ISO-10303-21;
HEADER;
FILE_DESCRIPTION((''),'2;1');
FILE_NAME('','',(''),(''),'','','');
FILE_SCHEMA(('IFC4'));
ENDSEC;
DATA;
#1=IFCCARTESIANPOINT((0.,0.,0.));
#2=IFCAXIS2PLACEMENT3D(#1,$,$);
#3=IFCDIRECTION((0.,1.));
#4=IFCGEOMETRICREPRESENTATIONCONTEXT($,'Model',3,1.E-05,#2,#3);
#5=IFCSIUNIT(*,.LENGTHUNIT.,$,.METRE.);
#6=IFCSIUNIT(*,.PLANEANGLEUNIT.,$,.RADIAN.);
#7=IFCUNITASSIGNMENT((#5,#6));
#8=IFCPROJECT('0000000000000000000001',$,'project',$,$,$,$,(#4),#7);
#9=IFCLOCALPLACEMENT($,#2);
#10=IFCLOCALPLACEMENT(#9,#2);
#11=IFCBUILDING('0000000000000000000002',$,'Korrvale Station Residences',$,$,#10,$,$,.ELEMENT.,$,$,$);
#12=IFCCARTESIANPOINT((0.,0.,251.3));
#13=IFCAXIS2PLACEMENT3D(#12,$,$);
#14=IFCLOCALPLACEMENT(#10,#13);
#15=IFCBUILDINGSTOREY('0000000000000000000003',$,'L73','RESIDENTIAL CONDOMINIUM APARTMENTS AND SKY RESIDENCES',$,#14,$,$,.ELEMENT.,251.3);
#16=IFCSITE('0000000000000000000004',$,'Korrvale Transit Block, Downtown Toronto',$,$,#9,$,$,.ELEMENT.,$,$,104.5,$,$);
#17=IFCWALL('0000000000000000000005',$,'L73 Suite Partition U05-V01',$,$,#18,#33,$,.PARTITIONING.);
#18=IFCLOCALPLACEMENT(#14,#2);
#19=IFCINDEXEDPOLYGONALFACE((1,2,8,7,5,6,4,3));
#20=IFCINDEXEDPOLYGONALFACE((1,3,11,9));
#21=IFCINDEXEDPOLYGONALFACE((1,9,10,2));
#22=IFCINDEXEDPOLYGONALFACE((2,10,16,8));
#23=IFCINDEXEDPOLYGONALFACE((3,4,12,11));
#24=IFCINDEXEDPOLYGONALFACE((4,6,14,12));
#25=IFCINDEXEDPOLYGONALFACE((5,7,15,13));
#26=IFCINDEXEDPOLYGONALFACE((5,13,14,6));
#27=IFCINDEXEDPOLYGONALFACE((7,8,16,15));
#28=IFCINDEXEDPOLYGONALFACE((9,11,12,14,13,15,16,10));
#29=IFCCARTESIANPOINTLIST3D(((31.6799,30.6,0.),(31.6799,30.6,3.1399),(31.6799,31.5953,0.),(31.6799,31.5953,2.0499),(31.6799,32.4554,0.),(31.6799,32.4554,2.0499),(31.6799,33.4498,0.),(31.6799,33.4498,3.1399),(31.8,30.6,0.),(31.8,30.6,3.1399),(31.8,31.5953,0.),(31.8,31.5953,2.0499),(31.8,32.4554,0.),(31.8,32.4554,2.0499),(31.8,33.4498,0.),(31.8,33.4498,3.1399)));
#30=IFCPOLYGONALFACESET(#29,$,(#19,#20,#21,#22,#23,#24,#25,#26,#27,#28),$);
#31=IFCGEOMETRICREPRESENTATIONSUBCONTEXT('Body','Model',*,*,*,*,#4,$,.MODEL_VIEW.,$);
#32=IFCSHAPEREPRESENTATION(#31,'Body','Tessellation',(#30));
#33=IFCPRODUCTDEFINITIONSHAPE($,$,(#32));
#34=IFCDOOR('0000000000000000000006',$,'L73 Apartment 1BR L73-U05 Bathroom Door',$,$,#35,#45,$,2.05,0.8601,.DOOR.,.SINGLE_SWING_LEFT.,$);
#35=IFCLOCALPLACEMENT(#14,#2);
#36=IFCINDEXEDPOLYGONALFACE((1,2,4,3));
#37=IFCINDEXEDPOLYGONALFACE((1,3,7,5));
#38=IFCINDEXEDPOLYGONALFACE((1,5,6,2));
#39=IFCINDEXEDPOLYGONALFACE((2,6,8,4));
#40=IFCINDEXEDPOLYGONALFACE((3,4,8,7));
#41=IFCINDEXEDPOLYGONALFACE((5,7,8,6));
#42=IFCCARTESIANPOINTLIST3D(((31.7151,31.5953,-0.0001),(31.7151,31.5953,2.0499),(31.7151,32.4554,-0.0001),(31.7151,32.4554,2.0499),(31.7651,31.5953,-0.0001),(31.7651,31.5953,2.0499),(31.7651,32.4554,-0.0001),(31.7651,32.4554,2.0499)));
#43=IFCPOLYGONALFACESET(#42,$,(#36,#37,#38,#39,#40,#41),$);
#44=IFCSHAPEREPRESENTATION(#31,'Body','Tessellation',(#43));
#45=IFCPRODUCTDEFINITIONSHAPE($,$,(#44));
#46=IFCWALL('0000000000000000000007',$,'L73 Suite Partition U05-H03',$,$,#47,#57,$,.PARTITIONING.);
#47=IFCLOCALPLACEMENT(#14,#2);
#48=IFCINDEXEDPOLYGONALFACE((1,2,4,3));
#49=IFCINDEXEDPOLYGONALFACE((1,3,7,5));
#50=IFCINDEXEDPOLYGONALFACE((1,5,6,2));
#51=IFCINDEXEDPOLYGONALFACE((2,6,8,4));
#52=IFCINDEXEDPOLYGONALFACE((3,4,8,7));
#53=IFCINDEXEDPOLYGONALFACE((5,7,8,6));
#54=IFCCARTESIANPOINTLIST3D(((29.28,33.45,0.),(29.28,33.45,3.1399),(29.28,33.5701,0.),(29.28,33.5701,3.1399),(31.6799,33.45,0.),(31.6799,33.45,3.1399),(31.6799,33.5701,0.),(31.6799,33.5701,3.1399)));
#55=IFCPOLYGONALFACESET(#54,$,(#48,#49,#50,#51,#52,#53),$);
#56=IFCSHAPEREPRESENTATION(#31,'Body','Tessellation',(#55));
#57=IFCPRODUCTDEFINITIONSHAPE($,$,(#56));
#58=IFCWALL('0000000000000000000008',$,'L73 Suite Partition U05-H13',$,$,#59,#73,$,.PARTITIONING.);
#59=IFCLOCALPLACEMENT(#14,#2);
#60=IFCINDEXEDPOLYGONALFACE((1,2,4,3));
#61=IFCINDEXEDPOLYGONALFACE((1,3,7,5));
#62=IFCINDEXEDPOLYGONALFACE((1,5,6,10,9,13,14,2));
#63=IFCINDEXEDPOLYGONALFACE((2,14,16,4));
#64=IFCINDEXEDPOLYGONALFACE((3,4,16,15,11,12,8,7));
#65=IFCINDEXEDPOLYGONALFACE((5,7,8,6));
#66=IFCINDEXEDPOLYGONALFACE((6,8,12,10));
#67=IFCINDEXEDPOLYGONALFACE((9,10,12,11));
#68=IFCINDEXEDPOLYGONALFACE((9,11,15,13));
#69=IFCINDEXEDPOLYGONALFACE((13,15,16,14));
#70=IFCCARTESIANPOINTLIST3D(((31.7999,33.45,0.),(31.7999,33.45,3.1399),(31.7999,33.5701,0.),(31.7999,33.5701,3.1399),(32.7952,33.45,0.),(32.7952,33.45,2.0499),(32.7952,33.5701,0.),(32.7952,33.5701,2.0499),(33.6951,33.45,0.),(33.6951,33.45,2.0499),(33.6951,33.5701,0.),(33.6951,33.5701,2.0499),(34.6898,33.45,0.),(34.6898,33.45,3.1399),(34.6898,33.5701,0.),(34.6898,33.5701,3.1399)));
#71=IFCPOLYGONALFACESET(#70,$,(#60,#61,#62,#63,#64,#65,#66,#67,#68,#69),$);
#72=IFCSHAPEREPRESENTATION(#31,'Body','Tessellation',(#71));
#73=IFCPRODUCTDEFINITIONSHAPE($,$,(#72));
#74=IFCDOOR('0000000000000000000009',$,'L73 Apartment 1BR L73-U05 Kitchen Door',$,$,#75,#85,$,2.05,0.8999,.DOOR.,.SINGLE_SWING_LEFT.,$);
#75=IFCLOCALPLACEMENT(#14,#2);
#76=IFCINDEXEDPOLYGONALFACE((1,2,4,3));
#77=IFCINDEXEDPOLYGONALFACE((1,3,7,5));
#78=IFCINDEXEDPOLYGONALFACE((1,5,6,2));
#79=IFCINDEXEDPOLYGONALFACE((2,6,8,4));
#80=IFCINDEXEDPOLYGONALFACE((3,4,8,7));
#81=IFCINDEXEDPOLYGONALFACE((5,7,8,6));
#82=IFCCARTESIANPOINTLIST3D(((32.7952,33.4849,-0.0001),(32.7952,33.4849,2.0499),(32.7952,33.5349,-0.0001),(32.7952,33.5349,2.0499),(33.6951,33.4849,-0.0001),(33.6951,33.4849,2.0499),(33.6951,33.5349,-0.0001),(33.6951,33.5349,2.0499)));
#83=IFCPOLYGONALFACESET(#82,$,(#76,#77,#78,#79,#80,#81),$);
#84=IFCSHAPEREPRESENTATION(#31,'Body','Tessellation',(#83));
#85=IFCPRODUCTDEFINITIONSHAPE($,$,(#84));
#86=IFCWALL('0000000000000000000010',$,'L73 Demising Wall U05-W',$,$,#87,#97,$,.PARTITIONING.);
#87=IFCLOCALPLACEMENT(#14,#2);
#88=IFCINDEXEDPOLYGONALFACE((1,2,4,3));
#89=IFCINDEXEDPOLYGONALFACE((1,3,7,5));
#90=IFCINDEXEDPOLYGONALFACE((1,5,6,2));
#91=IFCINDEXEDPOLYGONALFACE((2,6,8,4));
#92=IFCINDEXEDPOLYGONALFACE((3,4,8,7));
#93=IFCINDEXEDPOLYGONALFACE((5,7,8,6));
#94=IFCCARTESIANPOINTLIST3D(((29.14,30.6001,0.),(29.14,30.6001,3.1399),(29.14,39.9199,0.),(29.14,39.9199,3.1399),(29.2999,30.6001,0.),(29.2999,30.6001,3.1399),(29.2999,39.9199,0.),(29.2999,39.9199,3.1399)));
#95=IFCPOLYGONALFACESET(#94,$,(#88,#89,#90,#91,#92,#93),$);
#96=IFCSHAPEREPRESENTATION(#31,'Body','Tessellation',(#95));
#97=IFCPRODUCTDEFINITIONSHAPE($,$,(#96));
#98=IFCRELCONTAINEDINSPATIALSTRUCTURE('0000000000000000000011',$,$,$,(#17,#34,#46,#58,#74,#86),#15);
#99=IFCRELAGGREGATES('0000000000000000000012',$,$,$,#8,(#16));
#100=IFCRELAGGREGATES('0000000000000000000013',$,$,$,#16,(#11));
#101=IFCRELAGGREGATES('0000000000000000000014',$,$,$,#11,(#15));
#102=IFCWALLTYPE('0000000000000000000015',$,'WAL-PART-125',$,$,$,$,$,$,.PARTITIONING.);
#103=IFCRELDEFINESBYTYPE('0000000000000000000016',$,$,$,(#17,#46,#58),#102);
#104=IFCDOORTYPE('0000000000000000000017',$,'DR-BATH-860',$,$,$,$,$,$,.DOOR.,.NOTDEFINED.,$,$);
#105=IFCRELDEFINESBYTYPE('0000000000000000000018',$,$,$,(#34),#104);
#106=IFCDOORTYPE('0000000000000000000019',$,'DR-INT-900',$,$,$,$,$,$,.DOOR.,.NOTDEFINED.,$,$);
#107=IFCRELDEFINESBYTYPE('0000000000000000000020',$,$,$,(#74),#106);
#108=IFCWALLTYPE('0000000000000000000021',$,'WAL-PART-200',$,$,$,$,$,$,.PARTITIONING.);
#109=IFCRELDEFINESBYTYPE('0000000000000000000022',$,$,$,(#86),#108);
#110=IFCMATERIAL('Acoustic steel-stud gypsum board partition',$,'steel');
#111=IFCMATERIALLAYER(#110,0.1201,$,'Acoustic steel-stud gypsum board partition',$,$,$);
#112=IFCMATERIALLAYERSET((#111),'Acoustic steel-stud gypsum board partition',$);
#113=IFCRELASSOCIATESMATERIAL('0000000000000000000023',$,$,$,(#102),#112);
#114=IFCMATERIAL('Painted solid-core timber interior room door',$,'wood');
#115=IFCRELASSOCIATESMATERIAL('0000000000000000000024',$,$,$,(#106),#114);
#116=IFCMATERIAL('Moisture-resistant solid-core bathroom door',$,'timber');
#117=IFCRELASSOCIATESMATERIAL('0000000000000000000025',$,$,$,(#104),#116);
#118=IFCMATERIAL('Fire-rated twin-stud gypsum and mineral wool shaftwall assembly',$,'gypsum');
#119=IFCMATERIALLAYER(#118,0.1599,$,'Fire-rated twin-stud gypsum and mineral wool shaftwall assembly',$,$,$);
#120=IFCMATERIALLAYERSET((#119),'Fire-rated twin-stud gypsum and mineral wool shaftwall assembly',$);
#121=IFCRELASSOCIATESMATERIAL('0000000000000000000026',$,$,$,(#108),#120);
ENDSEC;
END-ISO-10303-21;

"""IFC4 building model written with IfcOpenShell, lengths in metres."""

from ifc_helpers import new_model, si_unit, direction, frame, frame_2d, origin, place, context, subcontext, project, spatial, rectangle, extrude, material, layer, layer_set, type_object, element, fill, save


model = new_model("IFC4")

# Units and contexts
model_context = context("Model", 3, precision=1e-05, world=origin(), true_north=direction((0.0, 1.0)))
body_context = subcontext(model_context, "Body", "Model", "MODEL_VIEW")
ifc_project = project(units=[si_unit("LENGTHUNIT", "METRE"), si_unit("PLANEANGLEUNIT", "RADIAN")], contexts=[model_context])

# Site, building, storey
site_placement = place(None, origin())
site = spatial("IfcSite", under=ifc_project, at=site_placement, Name="Korrvale Transit Block, Downtown Toronto", CompositionType="ELEMENT", RefElevation=104.5)
building_placement = place(site_placement, origin())
building = spatial("IfcBuilding", under=site, at=building_placement, Name="Korrvale Station Residences", CompositionType="ELEMENT")
storey_placement = place(building_placement, frame((0.0, 0.0, 251.3)))
storey = spatial("IfcBuildingStorey", under=building, at=storey_placement, Name="L73", Description="RESIDENTIAL CONDOMINIUM APARTMENTS AND SKY RESIDENCES", CompositionType="ELEMENT", Elevation=251.3)

# Wall, opening, door
ifc_material_1 = material(Name="Acoustic steel-stud gypsum board partition", Category="steel")
ifc_layer_1 = layer(ifc_material_1, 0.1201, Name="Acoustic steel-stud gypsum board partition")
ifc_layer_set_1 = layer_set([ifc_layer_1], Name="Acoustic steel-stud gypsum board partition")
wall_type_1 = type_object("IfcWallType", Name="WAL-PART-125", PredefinedType="PARTITIONING", material=ifc_layer_set_1)
ifc_material_2 = material(Name="Painted solid-core timber interior room door", Category="wood")
door_type_1 = type_object("IfcDoorType", Name="DR-INT-900", OperationType="NOTDEFINED", PredefinedType="DOOR", material=ifc_material_2)
wall_1_placement = place(storey_placement, frame((31.74, 30.6001, 0.0), z_axis=(0.0, 0.0, 1.0), x_axis=(0.0, 1.0, 0.0)))
wall_1 = element("IfcWall", 1, at=wall_1_placement, inside=storey, type_object=wall_type_1, Name="L73 Suite Partition U05-V01", PredefinedType="PARTITIONING", context=body_context, shape_type="SweptSolid", body=[
    extrude(rectangle(XDim=2.8499, YDim=0.1201, at=frame_2d((1.4248, 0.0))), origin(), (0.0, 0.0, 1.0), 3.1399),
])
opening_1_placement = place(wall_1_placement, frame((0.9951, 0.0, 0.0)))
opening_1 = element("IfcOpeningElement", 2, at=opening_1_placement, cuts=wall_1, PredefinedType="OPENING", context=body_context, shape_type="SweptSolid", body=[
    extrude(rectangle(XDim=0.8601, YDim=2.05, at=frame_2d((0.4302, 1.0249))), frame((0.0, 0.0701, 0.0), z_axis=(0.0, -1.0, 0.0), x_axis=(1.0, 0.0, 0.0)), (0.0, 0.0, 1.0), 0.1401),
])
ifc_material_3 = material(Name="Moisture-resistant solid-core bathroom door", Category="timber")
door_type_2 = type_object("IfcDoorType", Name="DR-BATH-860", OperationType="NOTDEFINED", PredefinedType="DOOR", material=ifc_material_3)
door_1_placement = place(opening_1_placement, origin())
door_1 = element("IfcDoor", 3, at=door_1_placement, inside=storey, type_object=door_type_2, Name="L73 Apartment 1BR L73-U05 Bathroom Door", OperationType="SINGLE_SWING_LEFT", OverallHeight=2.05, OverallWidth=0.8601, PredefinedType="DOOR", context=body_context, shape_type="SweptSolid", body=[
    extrude(rectangle(XDim=0.8601, YDim=2.05, at=frame_2d((0.4302, 1.0249))), frame((0.0, 0.0249, 0.0), z_axis=(0.0, -1.0, 0.0), x_axis=(1.0, 0.0, 0.0)), (0.0, 0.0, 1.0), 0.05),
])
fill(opening_1, door_1)

# Wall
wall_2_placement = place(storey_placement, frame((29.28, 33.51, 0.0), z_axis=(0.0, 0.0, 1.0), x_axis=(1.0, 0.0, 0.0)))
element("IfcWall", 4, at=wall_2_placement, inside=storey, type_object=wall_type_1, Name="L73 Suite Partition U05-H03", PredefinedType="PARTITIONING", context=body_context, shape_type="SweptSolid", body=[
    extrude(rectangle(XDim=2.3999, YDim=0.1201, at=frame_2d((1.2, 0.0))), origin(), (0.0, 0.0, 1.0), 3.1399),
])

# Wall, opening, door
wall_3_placement = place(storey_placement, frame((31.8, 33.51, 0.0), z_axis=(0.0, 0.0, 1.0), x_axis=(1.0, 0.0, 0.0)))
wall_3 = element("IfcWall", 5, at=wall_3_placement, inside=storey, type_object=wall_type_1, Name="L73 Suite Partition U05-H13", PredefinedType="PARTITIONING", context=body_context, shape_type="SweptSolid", body=[
    extrude(rectangle(XDim=2.8899, YDim=0.1201, at=frame_2d((1.4448, 0.0))), origin(), (0.0, 0.0, 1.0), 3.1399),
])
opening_2_placement = place(wall_3_placement, frame((0.9951, 0.0, 0.0)))
opening_2 = element("IfcOpeningElement", 6, at=opening_2_placement, cuts=wall_3, PredefinedType="OPENING", context=body_context, shape_type="SweptSolid", body=[
    extrude(rectangle(XDim=0.8999, YDim=2.05, at=frame_2d((0.45, 1.0249))), frame((0.0, 0.0701, 0.0), z_axis=(0.0, -1.0, 0.0), x_axis=(1.0, 0.0, 0.0)), (0.0, 0.0, 1.0), 0.1401),
])
door_2_placement = place(opening_2_placement, origin())
door_2 = element("IfcDoor", 7, at=door_2_placement, inside=storey, type_object=door_type_1, Name="L73 Apartment 1BR L73-U05 Kitchen Door", OperationType="SINGLE_SWING_LEFT", OverallHeight=2.05, OverallWidth=0.8999, PredefinedType="DOOR", context=body_context, shape_type="SweptSolid", body=[
    extrude(rectangle(XDim=0.8999, YDim=2.05, at=frame_2d((0.45, 1.0249))), frame((0.0, 0.0249, 0.0), z_axis=(0.0, -1.0, 0.0), x_axis=(1.0, 0.0, 0.0)), (0.0, 0.0, 1.0), 0.05),
])
fill(opening_2, door_2)

# Wall
ifc_material_4 = material(Name="Fire-rated twin-stud gypsum and mineral wool shaftwall assembly", Category="gypsum")
ifc_layer_2 = layer(ifc_material_4, 0.1599, Name="Fire-rated twin-stud gypsum and mineral wool shaftwall assembly")
ifc_layer_set_2 = layer_set([ifc_layer_2], Name="Fire-rated twin-stud gypsum and mineral wool shaftwall assembly")
wall_type_2 = type_object("IfcWallType", Name="WAL-PART-200", PredefinedType="PARTITIONING", material=ifc_layer_set_2)
wall_4_placement = place(storey_placement, frame((29.22, 30.6001, 0.0), z_axis=(0.0, 0.0, 1.0), x_axis=(0.0, 1.0, 0.0)))
element("IfcWall", 8, at=wall_4_placement, inside=storey, type_object=wall_type_2, Name="L73 Demising Wall U05-W", PredefinedType="PARTITIONING", context=body_context, shape_type="SweptSolid", body=[
    extrude(rectangle(XDim=9.3198, YDim=0.1599, at=frame_2d((4.6599, 0.0))), origin(), (0.0, 0.0, 1.0), 3.1399),
])

save(model, "model.ifc")
